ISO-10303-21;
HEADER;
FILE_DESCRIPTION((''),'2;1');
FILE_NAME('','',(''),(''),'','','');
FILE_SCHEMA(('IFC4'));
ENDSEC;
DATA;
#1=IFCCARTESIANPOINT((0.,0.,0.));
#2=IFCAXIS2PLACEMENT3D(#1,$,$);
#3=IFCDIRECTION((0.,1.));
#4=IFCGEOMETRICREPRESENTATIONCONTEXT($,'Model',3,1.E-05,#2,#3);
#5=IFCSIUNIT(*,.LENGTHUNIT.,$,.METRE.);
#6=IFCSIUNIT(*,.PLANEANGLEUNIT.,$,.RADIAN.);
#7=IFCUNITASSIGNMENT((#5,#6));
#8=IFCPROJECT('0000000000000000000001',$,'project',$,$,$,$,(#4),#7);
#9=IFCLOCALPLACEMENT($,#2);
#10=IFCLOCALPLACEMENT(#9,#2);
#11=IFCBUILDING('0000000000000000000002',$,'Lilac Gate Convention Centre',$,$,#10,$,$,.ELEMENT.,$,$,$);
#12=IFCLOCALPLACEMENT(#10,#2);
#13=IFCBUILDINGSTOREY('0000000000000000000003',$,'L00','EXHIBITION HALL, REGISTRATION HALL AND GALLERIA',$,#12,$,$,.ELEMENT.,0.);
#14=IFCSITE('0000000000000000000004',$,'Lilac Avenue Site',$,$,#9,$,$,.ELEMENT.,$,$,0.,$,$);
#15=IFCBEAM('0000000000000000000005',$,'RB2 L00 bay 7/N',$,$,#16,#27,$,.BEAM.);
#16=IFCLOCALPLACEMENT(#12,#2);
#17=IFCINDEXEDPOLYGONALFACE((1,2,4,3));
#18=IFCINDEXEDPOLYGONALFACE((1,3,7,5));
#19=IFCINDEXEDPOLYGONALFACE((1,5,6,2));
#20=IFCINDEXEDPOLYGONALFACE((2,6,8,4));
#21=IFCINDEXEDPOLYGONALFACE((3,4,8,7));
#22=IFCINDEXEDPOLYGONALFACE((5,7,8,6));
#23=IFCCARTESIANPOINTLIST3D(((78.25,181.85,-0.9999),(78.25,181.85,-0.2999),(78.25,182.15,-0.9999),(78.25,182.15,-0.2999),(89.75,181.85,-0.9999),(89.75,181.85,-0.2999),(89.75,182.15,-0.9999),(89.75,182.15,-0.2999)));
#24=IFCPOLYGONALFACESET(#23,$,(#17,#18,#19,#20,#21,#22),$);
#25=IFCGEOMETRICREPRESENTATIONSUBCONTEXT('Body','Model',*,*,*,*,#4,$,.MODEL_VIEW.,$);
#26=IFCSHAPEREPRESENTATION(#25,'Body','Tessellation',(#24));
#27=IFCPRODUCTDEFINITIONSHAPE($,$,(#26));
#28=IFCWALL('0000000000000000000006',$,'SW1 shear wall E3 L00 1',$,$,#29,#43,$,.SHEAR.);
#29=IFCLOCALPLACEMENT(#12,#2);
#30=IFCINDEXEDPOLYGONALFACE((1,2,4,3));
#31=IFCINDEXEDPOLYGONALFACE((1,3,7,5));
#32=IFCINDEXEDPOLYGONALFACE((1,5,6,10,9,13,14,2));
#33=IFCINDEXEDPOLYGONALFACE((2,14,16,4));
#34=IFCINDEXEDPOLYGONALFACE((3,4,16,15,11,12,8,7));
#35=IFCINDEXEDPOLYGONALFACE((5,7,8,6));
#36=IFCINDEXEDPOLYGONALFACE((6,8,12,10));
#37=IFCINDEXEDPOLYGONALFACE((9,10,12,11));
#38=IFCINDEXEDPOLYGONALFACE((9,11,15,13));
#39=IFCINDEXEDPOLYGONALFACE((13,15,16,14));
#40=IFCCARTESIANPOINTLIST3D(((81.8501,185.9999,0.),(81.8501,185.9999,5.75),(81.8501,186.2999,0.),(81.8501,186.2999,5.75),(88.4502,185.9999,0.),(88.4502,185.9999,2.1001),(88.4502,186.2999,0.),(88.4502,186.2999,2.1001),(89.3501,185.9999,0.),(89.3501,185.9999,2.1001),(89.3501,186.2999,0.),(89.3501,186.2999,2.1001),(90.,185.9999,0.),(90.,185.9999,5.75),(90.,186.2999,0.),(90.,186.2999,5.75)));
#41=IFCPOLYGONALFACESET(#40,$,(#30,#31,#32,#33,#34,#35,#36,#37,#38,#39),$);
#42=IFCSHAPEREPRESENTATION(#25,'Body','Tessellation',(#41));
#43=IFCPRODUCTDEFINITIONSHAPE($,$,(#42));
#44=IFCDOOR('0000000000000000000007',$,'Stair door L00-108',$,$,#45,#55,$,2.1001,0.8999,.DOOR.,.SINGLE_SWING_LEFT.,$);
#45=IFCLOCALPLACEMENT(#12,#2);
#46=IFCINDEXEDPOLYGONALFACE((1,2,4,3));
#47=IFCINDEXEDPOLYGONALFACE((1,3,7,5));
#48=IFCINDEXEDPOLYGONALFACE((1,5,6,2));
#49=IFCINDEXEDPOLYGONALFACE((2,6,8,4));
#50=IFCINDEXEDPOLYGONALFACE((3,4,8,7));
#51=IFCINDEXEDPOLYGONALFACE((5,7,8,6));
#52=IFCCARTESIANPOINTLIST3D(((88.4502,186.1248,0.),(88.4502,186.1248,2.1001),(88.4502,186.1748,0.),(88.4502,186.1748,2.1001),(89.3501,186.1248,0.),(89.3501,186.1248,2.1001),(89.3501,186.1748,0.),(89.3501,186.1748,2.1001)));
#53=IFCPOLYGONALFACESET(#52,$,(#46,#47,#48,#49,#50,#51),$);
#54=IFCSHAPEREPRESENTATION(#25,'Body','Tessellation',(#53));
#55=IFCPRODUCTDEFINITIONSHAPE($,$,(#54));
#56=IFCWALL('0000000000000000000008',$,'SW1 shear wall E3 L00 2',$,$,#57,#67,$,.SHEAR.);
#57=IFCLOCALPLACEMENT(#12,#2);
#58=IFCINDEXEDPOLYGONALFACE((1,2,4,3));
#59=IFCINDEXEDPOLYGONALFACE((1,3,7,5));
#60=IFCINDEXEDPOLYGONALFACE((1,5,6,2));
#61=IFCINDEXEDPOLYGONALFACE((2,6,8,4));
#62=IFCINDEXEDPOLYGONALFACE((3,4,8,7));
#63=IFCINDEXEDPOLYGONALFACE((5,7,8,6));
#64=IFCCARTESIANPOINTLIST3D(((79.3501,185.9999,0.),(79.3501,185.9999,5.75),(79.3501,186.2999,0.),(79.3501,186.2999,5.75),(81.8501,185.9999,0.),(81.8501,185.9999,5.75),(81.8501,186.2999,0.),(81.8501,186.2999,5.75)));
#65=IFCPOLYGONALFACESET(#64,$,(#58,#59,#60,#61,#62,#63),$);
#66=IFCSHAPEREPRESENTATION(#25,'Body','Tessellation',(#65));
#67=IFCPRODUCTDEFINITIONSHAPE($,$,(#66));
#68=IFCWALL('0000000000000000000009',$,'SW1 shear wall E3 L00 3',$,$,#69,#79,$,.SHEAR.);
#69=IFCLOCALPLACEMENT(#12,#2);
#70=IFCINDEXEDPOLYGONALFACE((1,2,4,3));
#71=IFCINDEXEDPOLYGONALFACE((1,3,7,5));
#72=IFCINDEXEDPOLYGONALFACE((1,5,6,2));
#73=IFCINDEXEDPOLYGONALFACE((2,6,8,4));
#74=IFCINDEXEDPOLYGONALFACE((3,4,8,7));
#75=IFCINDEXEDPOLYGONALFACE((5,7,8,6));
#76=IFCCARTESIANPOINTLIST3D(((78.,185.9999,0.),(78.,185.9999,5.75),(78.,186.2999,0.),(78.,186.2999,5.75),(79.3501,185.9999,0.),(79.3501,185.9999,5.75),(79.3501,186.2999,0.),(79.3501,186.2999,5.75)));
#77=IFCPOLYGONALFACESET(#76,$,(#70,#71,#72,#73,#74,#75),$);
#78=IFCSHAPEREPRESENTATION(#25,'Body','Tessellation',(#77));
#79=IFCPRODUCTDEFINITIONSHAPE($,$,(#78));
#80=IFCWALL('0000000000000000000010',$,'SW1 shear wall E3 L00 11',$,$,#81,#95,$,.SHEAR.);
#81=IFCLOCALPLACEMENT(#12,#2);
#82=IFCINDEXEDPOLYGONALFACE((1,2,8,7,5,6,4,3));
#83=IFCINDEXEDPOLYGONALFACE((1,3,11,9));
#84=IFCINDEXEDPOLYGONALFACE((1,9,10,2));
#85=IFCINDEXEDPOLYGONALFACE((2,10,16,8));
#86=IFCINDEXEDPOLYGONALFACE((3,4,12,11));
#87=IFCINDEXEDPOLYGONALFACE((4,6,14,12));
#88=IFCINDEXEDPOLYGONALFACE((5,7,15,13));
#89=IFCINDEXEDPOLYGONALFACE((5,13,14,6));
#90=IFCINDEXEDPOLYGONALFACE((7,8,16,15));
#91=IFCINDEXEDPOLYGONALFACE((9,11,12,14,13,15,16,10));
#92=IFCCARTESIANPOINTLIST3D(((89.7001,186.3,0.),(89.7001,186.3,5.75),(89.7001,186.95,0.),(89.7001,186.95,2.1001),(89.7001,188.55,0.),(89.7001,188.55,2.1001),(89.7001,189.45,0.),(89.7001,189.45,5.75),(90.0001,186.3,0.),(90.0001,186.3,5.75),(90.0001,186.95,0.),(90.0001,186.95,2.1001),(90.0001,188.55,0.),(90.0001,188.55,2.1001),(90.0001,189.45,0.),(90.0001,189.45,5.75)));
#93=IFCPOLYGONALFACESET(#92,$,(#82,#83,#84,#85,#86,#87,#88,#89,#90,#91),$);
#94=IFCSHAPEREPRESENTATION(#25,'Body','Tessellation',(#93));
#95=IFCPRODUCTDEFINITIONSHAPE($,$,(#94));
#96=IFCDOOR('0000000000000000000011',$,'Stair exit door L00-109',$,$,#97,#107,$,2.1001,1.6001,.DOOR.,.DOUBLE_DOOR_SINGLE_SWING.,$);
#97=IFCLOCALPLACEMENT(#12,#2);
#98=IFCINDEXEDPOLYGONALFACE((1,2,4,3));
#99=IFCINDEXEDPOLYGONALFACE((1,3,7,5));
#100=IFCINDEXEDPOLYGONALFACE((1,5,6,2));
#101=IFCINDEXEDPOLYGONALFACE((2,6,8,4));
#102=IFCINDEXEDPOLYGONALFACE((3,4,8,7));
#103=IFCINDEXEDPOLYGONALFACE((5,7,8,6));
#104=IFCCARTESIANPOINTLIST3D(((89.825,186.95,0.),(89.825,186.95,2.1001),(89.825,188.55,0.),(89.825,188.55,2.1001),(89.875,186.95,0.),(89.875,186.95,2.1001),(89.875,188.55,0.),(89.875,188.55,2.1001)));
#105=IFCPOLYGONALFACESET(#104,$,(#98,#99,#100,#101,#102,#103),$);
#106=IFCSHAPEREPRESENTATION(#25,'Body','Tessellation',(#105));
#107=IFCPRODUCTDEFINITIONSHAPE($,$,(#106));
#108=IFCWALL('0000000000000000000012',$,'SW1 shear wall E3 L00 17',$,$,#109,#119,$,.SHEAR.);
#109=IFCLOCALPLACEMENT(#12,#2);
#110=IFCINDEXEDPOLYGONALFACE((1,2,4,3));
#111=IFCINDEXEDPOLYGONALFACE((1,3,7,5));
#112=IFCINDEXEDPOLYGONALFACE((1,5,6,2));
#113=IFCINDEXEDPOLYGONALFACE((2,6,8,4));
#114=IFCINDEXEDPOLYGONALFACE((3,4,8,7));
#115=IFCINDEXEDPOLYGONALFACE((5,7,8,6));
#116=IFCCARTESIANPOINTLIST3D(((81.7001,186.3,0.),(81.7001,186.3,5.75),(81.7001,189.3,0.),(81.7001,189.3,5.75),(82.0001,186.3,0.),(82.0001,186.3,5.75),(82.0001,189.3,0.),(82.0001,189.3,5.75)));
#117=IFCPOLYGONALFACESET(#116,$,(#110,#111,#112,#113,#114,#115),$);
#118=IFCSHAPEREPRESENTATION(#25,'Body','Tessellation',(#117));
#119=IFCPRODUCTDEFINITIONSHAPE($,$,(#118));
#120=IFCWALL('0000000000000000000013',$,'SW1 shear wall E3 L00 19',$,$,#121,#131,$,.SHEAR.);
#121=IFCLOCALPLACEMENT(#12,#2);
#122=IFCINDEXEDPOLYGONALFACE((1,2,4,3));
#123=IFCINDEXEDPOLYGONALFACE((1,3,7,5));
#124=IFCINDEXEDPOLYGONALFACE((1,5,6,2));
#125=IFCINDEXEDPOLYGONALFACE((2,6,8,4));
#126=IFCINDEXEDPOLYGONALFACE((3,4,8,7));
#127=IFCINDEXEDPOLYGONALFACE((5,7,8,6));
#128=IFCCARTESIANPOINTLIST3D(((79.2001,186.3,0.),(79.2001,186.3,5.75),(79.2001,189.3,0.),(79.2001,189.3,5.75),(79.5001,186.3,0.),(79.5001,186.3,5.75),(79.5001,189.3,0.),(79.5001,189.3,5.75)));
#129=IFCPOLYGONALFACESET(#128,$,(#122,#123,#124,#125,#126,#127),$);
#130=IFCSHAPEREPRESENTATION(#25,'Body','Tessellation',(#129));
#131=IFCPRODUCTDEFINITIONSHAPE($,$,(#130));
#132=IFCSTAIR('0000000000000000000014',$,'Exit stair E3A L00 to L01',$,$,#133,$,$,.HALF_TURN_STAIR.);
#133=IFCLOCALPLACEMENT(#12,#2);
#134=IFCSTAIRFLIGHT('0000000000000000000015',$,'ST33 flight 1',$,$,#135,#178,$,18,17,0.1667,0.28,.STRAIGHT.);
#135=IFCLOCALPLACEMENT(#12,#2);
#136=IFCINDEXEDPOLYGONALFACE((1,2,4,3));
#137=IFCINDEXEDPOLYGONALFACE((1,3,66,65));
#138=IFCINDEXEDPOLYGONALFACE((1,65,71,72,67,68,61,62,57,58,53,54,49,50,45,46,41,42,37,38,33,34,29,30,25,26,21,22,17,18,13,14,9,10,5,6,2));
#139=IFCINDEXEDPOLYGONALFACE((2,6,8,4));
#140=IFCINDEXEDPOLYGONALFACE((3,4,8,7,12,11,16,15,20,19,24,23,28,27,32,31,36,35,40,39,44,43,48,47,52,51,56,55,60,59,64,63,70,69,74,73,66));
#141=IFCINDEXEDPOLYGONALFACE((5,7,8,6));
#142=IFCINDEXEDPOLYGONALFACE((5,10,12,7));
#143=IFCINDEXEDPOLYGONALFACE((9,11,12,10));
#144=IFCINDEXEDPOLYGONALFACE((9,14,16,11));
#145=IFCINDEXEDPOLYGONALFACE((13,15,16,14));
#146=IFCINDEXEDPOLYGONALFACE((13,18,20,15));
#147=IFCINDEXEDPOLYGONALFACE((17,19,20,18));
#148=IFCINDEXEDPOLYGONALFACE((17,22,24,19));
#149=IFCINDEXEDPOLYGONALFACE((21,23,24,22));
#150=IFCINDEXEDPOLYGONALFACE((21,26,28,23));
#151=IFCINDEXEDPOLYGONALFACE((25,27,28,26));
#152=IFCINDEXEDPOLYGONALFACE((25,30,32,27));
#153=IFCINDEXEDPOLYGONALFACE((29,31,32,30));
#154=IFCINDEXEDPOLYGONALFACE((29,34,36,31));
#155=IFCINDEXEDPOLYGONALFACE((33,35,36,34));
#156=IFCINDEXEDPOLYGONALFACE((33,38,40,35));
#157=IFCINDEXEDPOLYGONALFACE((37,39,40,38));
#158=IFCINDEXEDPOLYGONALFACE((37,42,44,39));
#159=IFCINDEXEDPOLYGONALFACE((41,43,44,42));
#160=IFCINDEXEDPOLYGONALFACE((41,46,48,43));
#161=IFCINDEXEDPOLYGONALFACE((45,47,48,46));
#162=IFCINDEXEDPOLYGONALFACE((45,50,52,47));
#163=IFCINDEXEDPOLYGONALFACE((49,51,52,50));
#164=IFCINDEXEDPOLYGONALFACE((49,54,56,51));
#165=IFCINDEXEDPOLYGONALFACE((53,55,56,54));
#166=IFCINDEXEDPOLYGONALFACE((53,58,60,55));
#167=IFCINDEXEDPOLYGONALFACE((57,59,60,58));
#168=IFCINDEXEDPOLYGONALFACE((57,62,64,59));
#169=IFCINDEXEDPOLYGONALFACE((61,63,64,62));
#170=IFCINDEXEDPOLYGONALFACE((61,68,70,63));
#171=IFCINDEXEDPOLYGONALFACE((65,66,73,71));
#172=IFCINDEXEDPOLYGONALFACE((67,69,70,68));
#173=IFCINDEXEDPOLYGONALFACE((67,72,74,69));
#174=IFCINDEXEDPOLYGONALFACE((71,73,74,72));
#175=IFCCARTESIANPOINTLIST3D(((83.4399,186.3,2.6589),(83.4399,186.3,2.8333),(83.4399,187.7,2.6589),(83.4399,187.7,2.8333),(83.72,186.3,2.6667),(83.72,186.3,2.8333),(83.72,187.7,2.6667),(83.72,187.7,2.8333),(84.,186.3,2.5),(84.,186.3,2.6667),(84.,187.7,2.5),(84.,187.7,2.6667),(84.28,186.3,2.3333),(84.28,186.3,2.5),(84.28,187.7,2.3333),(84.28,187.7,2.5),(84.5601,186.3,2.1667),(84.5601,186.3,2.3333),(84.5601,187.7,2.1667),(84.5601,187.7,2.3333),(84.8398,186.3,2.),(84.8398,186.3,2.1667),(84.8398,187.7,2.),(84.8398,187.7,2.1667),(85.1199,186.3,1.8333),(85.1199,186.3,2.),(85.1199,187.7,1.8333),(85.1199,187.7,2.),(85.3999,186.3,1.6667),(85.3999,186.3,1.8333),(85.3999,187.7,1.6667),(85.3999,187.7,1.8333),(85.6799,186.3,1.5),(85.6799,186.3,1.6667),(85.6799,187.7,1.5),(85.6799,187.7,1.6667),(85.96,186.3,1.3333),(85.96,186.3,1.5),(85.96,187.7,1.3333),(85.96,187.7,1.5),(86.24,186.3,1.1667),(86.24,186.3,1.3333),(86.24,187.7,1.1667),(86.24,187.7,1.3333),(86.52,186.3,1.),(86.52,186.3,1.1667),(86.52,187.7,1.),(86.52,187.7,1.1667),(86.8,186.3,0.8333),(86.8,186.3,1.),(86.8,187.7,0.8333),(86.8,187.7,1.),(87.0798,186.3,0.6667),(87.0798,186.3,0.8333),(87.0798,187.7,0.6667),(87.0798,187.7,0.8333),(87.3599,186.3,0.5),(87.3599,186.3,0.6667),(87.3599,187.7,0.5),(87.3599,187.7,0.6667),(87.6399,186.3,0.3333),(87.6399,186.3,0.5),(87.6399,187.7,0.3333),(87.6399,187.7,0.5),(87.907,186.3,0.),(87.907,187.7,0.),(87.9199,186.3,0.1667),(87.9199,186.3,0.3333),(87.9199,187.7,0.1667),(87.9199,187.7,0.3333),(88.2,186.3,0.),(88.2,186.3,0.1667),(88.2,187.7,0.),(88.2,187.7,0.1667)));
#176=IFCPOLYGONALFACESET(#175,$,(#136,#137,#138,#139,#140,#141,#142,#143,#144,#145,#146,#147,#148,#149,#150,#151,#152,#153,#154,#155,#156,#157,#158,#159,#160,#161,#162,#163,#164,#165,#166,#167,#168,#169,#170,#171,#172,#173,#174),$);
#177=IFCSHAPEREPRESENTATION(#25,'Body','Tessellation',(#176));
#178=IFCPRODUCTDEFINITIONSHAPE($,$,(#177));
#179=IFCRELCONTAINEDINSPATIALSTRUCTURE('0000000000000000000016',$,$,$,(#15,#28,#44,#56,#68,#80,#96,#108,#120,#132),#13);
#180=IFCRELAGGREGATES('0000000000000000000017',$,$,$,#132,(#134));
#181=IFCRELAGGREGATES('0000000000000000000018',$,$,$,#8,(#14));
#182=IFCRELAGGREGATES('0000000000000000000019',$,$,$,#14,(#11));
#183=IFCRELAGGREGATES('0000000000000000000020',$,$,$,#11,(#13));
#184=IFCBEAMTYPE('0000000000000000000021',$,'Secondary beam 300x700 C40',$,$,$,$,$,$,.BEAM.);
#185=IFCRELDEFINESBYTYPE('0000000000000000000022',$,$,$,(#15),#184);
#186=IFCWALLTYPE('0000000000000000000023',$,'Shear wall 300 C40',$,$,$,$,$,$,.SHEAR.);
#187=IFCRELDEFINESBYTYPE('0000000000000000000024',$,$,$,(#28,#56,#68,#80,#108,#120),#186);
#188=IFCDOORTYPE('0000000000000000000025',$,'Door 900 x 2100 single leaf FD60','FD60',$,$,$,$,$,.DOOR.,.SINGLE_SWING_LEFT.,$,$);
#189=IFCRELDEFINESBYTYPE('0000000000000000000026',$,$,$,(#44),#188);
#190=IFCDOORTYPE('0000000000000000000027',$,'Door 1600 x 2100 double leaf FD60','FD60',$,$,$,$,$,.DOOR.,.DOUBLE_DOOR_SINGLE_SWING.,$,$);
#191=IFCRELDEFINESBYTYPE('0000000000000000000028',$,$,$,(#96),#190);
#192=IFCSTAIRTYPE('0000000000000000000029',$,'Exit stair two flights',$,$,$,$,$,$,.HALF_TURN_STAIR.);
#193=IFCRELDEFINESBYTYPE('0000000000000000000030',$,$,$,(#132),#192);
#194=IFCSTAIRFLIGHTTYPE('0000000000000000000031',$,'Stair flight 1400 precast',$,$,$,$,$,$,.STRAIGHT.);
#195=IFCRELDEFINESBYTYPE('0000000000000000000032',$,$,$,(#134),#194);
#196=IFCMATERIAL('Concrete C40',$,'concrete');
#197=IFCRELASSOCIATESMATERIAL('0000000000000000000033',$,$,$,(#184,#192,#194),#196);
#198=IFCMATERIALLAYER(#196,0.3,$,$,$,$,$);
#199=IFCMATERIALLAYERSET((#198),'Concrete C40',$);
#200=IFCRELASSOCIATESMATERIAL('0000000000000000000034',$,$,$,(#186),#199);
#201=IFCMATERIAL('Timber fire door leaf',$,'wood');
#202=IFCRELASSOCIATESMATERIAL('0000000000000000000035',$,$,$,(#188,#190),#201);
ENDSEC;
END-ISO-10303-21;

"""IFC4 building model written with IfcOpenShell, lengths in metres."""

from ifc_helpers import new_model, si_unit, direction, frame, frame_2d, origin, origin_2d, place, context, subcontext, project, spatial, polyline, rectangle, outline, extrude, material, layer, layer_set, material_profile, profile_set, type_object, element, fill, aggregate, save


model = new_model("IFC4")

# Units and contexts
model_context = context("Model", 3, precision=1e-05, world=origin(), true_north=direction((0.0, 1.0)))
body_context = subcontext(model_context, "Body", "Model", "MODEL_VIEW")
ifc_project = project(units=[si_unit("LENGTHUNIT", "METRE"), si_unit("PLANEANGLEUNIT", "RADIAN")], contexts=[model_context])

# Site, building, storey
site_placement = place(None, origin())
site = spatial("IfcSite", under=ifc_project, at=site_placement, Name="Lilac Avenue Site", CompositionType="ELEMENT", RefElevation=0.0)
building_placement = place(site_placement, origin())
building = spatial("IfcBuilding", under=site, at=building_placement, Name="Lilac Gate Convention Centre", CompositionType="ELEMENT")
storey_placement = place(building_placement, origin())
storey = spatial("IfcBuildingStorey", under=building, at=storey_placement, Name="L00", Description="EXHIBITION HALL, REGISTRATION HALL AND GALLERIA", CompositionType="ELEMENT", Elevation=0.0)

# Beam
ifc_material_1 = material(Name="Concrete C40", Category="concrete")
ifc_material_profile = material_profile(ifc_material_1, rectangle(XDim=0.3, YDim=0.7, at=origin_2d()), Name="RC 300x700")
ifc_profile_set = profile_set([ifc_material_profile], Name="Concrete C40")
beam_type = type_object("IfcBeamType", Name="Secondary beam 300x700 C40", PredefinedType="BEAM", material=ifc_profile_set)
beam_placement = place(storey_placement, frame((78.25, 182.0, -0.6499), z_axis=(1.0, 0.0, 0.0), x_axis=(0.0, 1.0, 0.0)))
element("IfcBeam", 1, at=beam_placement, inside=storey, type_object=beam_type, Name="RB2 L00 bay 7/N", PredefinedType="BEAM", context=body_context, shape_type="SweptSolid", body=[
    extrude(rectangle(XDim=0.3, YDim=0.7, at=origin_2d()), origin(), (0.0, 0.0, 1.0), 11.5),
])

# Wall, opening, door
ifc_layer = layer(ifc_material_1, 0.3)
ifc_layer_set = layer_set([ifc_layer], Name="Concrete C40")
wall_type = type_object("IfcWallType", Name="Shear wall 300 C40", PredefinedType="SHEAR", material=ifc_layer_set)
wall_1_placement = place(storey_placement, frame((90.0, 186.1499, 0.0), z_axis=(0.0, 0.0, 1.0), x_axis=(-1.0, 0.0, 0.0)))
wall_1 = element("IfcWall", 2, at=wall_1_placement, inside=storey, type_object=wall_type, Name="SW1 shear wall E3 L00 1", PredefinedType="SHEAR", context=body_context, shape_type="SweptSolid", body=[
    extrude(rectangle(XDim=8.1499, YDim=0.3, at=frame_2d((4.075, 0.0))), origin(), (0.0, 0.0, 1.0), 5.75),
])
opening_1_placement = place(wall_1_placement, frame((0.6499, 0.0, 0.0)))
opening_1 = element("IfcOpeningElement", 3, at=opening_1_placement, cuts=wall_1, PredefinedType="OPENING", context=body_context, shape_type="SweptSolid", body=[
    extrude(rectangle(XDim=0.8999, YDim=2.1001, at=frame_2d((0.45, 1.05))), frame((0.0, 0.1599, 0.0), z_axis=(0.0, -1.0, 0.0), x_axis=(1.0, 0.0, 0.0)), (0.0, 0.0, 1.0), 0.3201),
])
ifc_material_2 = material(Name="Timber fire door leaf", Category="wood")
door_type_1 = type_object("IfcDoorType", Name="Door 900 x 2100 single leaf FD60", Description="FD60", OperationType="SINGLE_SWING_LEFT", PredefinedType="DOOR", material=ifc_material_2)
door_1_placement = place(opening_1_placement, frame((0.8999, 0.0, 0.0), z_axis=(0.0, 0.0, 1.0), x_axis=(-1.0, 0.0, 0.0)))
door_1 = element("IfcDoor", 4, at=door_1_placement, inside=storey, type_object=door_type_1, Name="Stair door L00-108", OperationType="SINGLE_SWING_LEFT", OverallHeight=2.1001, OverallWidth=0.8999, PredefinedType="DOOR", context=body_context, shape_type="SweptSolid", body=[
    extrude(rectangle(XDim=0.8999, YDim=2.1001, at=frame_2d((0.45, 1.05))), frame((0.0, 0.0249, 0.0), z_axis=(0.0, -1.0, 0.0), x_axis=(1.0, 0.0, 0.0)), (0.0, 0.0, 1.0), 0.05),
])
fill(opening_1, door_1)

# Walls
wall_2_placement = place(storey_placement, frame((81.8501, 186.1499, 0.0), z_axis=(0.0, 0.0, 1.0), x_axis=(-1.0, 0.0, 0.0)))
element("IfcWall", 5, at=wall_2_placement, inside=storey, type_object=wall_type, Name="SW1 shear wall E3 L00 2", PredefinedType="SHEAR", context=body_context, shape_type="SweptSolid", body=[
    extrude(rectangle(XDim=2.5, YDim=0.3, at=frame_2d((1.25, 0.0))), origin(), (0.0, 0.0, 1.0), 5.75),
])
wall_3_placement = place(storey_placement, frame((79.3501, 186.1499, 0.0), z_axis=(0.0, 0.0, 1.0), x_axis=(-1.0, 0.0, 0.0)))
element("IfcWall", 6, at=wall_3_placement, inside=storey, type_object=wall_type, Name="SW1 shear wall E3 L00 3", PredefinedType="SHEAR", context=body_context, shape_type="SweptSolid", body=[
    extrude(rectangle(XDim=1.3501, YDim=0.3, at=frame_2d((0.675, 0.0))), origin(), (0.0, 0.0, 1.0), 5.75),
])

# Wall, opening, door
wall_4_placement = place(storey_placement, frame((89.8501, 186.3, 0.0), z_axis=(0.0, 0.0, 1.0), x_axis=(0.0, 1.0, 0.0)))
wall_4 = element("IfcWall", 7, at=wall_4_placement, inside=storey, type_object=wall_type, Name="SW1 shear wall E3 L00 11", PredefinedType="SHEAR", context=body_context, shape_type="SweptSolid", body=[
    extrude(rectangle(XDim=3.1499, YDim=0.3, at=frame_2d((1.575, 0.0))), origin(), (0.0, 0.0, 1.0), 5.75),
])
opening_2_placement = place(wall_4_placement, frame((0.6499, 0.0, 0.0)))
opening_2 = element("IfcOpeningElement", 8, at=opening_2_placement, cuts=wall_4, PredefinedType="OPENING", context=body_context, shape_type="SweptSolid", body=[
    extrude(rectangle(XDim=1.6001, YDim=2.1001, at=frame_2d((0.8, 1.05))), frame((0.0, 0.1599, 0.0), z_axis=(0.0, -1.0, 0.0), x_axis=(1.0, 0.0, 0.0)), (0.0, 0.0, 1.0), 0.3201),
])
door_type_2 = type_object("IfcDoorType", Name="Door 1600 x 2100 double leaf FD60", Description="FD60", OperationType="DOUBLE_DOOR_SINGLE_SWING", PredefinedType="DOOR", material=ifc_material_2)
door_2_placement = place(opening_2_placement, frame((1.6001, 0.0, 0.0), z_axis=(0.0, 0.0, 1.0), x_axis=(-1.0, 0.0, 0.0)))
door_2 = element("IfcDoor", 9, at=door_2_placement, inside=storey, type_object=door_type_2, Name="Stair exit door L00-109", OperationType="DOUBLE_DOOR_SINGLE_SWING", OverallHeight=2.1001, OverallWidth=1.6001, PredefinedType="DOOR", context=body_context, shape_type="SweptSolid", body=[
    extrude(rectangle(XDim=1.6001, YDim=2.1001, at=frame_2d((0.8, 1.05))), frame((0.0, 0.0249, 0.0), z_axis=(0.0, -1.0, 0.0), x_axis=(1.0, 0.0, 0.0)), (0.0, 0.0, 1.0), 0.05),
])
fill(opening_2, door_2)

# Walls
for number, where, z_axis, x_axis, name in (
    (10, (81.8501, 186.3, 0.0), (0.0, 0.0, 1.0), (0.0, 1.0, 0.0), "SW1 shear wall E3 L00 17"),
    (11, (79.3501, 186.3, 0.0), (0.0, 0.0, 1.0), (0.0, 1.0, 0.0), "SW1 shear wall E3 L00 19"),
):
    element("IfcWall", number, at=place(storey_placement, frame(where, z_axis=z_axis, x_axis=x_axis)), inside=storey, type_object=wall_type, Name=name, PredefinedType="SHEAR", context=body_context, shape_type="SweptSolid", body=[
        extrude(rectangle(XDim=3.0, YDim=0.3, at=frame_2d((1.5, 0.0))), origin(), (0.0, 0.0, 1.0), 5.75),
    ])

# Stair, stair flight
stair_type = type_object("IfcStairType", Name="Exit stair two flights", PredefinedType="HALF_TURN_STAIR", material=ifc_material_1)
stair_placement = place(storey_placement, origin())
stair = element("IfcStair", 12, at=stair_placement, inside=storey, type_object=stair_type, Name="Exit stair E3A L00 to L01", PredefinedType="HALF_TURN_STAIR")
stair_flight_type = type_object("IfcStairFlightType", Name="Stair flight 1400 precast", PredefinedType="STRAIGHT", material=ifc_material_1)
stair_flight_1_placement = place(storey_placement, frame((88.2, 187.0, 0.0), z_axis=(0.0, 0.0, 1.0), x_axis=(-1.0, 0.0, 0.0)))
stair_flight_1 = element("IfcStairFlight", 13, at=stair_flight_1_placement, type_object=stair_flight_type, Name="ST33 flight 1", NumberOfRisers=18, NumberOfTreads=17, PredefinedType="STRAIGHT", RiserHeight=0.1667, TreadLength=0.28, context=body_context, shape_type="SweptSolid", body=[
    extrude(outline(polyline([(0.0, 0.0), (0.0, 0.1667), (0.28, 0.1667), (0.28, 0.3333), (0.5601, 0.3333), (0.5601, 0.5), (0.8401, 0.5), (0.8401, 0.6667), (1.1201, 0.6667), (1.1201, 0.8333), (1.3999, 0.8333), (1.3999, 1.0), (1.6799, 1.0), (1.6799, 1.1667), (1.96, 1.1667), (1.96, 1.3333), (2.24, 1.3333), (2.24, 1.5), (2.52, 1.5), (2.52, 1.6667), (2.8, 1.6667), (2.8, 1.8333), (3.0801, 1.8333), (3.0801, 2.0), (3.3601, 2.0), (3.3601, 2.1667), (3.6399, 2.1667), (3.6399, 2.3333), (3.9199, 2.3333), (3.9199, 2.5), (4.2, 2.5), (4.2, 2.6667), (4.48, 2.6667), (4.48, 2.8333), (4.76, 2.8333), (4.76, 3.0), (4.76, 2.6589), (0.293, 0.0), (0.0, 0.0)])), frame((0.0, 0.7, 0.0), z_axis=(0.0, -1.0, 0.0), x_axis=(1.0, 0.0, 0.0)), (0.0, 0.0, 1.0), 1.3999),
])
aggregate(stair, [stair_flight_1])

save(model, "model.ifc")
